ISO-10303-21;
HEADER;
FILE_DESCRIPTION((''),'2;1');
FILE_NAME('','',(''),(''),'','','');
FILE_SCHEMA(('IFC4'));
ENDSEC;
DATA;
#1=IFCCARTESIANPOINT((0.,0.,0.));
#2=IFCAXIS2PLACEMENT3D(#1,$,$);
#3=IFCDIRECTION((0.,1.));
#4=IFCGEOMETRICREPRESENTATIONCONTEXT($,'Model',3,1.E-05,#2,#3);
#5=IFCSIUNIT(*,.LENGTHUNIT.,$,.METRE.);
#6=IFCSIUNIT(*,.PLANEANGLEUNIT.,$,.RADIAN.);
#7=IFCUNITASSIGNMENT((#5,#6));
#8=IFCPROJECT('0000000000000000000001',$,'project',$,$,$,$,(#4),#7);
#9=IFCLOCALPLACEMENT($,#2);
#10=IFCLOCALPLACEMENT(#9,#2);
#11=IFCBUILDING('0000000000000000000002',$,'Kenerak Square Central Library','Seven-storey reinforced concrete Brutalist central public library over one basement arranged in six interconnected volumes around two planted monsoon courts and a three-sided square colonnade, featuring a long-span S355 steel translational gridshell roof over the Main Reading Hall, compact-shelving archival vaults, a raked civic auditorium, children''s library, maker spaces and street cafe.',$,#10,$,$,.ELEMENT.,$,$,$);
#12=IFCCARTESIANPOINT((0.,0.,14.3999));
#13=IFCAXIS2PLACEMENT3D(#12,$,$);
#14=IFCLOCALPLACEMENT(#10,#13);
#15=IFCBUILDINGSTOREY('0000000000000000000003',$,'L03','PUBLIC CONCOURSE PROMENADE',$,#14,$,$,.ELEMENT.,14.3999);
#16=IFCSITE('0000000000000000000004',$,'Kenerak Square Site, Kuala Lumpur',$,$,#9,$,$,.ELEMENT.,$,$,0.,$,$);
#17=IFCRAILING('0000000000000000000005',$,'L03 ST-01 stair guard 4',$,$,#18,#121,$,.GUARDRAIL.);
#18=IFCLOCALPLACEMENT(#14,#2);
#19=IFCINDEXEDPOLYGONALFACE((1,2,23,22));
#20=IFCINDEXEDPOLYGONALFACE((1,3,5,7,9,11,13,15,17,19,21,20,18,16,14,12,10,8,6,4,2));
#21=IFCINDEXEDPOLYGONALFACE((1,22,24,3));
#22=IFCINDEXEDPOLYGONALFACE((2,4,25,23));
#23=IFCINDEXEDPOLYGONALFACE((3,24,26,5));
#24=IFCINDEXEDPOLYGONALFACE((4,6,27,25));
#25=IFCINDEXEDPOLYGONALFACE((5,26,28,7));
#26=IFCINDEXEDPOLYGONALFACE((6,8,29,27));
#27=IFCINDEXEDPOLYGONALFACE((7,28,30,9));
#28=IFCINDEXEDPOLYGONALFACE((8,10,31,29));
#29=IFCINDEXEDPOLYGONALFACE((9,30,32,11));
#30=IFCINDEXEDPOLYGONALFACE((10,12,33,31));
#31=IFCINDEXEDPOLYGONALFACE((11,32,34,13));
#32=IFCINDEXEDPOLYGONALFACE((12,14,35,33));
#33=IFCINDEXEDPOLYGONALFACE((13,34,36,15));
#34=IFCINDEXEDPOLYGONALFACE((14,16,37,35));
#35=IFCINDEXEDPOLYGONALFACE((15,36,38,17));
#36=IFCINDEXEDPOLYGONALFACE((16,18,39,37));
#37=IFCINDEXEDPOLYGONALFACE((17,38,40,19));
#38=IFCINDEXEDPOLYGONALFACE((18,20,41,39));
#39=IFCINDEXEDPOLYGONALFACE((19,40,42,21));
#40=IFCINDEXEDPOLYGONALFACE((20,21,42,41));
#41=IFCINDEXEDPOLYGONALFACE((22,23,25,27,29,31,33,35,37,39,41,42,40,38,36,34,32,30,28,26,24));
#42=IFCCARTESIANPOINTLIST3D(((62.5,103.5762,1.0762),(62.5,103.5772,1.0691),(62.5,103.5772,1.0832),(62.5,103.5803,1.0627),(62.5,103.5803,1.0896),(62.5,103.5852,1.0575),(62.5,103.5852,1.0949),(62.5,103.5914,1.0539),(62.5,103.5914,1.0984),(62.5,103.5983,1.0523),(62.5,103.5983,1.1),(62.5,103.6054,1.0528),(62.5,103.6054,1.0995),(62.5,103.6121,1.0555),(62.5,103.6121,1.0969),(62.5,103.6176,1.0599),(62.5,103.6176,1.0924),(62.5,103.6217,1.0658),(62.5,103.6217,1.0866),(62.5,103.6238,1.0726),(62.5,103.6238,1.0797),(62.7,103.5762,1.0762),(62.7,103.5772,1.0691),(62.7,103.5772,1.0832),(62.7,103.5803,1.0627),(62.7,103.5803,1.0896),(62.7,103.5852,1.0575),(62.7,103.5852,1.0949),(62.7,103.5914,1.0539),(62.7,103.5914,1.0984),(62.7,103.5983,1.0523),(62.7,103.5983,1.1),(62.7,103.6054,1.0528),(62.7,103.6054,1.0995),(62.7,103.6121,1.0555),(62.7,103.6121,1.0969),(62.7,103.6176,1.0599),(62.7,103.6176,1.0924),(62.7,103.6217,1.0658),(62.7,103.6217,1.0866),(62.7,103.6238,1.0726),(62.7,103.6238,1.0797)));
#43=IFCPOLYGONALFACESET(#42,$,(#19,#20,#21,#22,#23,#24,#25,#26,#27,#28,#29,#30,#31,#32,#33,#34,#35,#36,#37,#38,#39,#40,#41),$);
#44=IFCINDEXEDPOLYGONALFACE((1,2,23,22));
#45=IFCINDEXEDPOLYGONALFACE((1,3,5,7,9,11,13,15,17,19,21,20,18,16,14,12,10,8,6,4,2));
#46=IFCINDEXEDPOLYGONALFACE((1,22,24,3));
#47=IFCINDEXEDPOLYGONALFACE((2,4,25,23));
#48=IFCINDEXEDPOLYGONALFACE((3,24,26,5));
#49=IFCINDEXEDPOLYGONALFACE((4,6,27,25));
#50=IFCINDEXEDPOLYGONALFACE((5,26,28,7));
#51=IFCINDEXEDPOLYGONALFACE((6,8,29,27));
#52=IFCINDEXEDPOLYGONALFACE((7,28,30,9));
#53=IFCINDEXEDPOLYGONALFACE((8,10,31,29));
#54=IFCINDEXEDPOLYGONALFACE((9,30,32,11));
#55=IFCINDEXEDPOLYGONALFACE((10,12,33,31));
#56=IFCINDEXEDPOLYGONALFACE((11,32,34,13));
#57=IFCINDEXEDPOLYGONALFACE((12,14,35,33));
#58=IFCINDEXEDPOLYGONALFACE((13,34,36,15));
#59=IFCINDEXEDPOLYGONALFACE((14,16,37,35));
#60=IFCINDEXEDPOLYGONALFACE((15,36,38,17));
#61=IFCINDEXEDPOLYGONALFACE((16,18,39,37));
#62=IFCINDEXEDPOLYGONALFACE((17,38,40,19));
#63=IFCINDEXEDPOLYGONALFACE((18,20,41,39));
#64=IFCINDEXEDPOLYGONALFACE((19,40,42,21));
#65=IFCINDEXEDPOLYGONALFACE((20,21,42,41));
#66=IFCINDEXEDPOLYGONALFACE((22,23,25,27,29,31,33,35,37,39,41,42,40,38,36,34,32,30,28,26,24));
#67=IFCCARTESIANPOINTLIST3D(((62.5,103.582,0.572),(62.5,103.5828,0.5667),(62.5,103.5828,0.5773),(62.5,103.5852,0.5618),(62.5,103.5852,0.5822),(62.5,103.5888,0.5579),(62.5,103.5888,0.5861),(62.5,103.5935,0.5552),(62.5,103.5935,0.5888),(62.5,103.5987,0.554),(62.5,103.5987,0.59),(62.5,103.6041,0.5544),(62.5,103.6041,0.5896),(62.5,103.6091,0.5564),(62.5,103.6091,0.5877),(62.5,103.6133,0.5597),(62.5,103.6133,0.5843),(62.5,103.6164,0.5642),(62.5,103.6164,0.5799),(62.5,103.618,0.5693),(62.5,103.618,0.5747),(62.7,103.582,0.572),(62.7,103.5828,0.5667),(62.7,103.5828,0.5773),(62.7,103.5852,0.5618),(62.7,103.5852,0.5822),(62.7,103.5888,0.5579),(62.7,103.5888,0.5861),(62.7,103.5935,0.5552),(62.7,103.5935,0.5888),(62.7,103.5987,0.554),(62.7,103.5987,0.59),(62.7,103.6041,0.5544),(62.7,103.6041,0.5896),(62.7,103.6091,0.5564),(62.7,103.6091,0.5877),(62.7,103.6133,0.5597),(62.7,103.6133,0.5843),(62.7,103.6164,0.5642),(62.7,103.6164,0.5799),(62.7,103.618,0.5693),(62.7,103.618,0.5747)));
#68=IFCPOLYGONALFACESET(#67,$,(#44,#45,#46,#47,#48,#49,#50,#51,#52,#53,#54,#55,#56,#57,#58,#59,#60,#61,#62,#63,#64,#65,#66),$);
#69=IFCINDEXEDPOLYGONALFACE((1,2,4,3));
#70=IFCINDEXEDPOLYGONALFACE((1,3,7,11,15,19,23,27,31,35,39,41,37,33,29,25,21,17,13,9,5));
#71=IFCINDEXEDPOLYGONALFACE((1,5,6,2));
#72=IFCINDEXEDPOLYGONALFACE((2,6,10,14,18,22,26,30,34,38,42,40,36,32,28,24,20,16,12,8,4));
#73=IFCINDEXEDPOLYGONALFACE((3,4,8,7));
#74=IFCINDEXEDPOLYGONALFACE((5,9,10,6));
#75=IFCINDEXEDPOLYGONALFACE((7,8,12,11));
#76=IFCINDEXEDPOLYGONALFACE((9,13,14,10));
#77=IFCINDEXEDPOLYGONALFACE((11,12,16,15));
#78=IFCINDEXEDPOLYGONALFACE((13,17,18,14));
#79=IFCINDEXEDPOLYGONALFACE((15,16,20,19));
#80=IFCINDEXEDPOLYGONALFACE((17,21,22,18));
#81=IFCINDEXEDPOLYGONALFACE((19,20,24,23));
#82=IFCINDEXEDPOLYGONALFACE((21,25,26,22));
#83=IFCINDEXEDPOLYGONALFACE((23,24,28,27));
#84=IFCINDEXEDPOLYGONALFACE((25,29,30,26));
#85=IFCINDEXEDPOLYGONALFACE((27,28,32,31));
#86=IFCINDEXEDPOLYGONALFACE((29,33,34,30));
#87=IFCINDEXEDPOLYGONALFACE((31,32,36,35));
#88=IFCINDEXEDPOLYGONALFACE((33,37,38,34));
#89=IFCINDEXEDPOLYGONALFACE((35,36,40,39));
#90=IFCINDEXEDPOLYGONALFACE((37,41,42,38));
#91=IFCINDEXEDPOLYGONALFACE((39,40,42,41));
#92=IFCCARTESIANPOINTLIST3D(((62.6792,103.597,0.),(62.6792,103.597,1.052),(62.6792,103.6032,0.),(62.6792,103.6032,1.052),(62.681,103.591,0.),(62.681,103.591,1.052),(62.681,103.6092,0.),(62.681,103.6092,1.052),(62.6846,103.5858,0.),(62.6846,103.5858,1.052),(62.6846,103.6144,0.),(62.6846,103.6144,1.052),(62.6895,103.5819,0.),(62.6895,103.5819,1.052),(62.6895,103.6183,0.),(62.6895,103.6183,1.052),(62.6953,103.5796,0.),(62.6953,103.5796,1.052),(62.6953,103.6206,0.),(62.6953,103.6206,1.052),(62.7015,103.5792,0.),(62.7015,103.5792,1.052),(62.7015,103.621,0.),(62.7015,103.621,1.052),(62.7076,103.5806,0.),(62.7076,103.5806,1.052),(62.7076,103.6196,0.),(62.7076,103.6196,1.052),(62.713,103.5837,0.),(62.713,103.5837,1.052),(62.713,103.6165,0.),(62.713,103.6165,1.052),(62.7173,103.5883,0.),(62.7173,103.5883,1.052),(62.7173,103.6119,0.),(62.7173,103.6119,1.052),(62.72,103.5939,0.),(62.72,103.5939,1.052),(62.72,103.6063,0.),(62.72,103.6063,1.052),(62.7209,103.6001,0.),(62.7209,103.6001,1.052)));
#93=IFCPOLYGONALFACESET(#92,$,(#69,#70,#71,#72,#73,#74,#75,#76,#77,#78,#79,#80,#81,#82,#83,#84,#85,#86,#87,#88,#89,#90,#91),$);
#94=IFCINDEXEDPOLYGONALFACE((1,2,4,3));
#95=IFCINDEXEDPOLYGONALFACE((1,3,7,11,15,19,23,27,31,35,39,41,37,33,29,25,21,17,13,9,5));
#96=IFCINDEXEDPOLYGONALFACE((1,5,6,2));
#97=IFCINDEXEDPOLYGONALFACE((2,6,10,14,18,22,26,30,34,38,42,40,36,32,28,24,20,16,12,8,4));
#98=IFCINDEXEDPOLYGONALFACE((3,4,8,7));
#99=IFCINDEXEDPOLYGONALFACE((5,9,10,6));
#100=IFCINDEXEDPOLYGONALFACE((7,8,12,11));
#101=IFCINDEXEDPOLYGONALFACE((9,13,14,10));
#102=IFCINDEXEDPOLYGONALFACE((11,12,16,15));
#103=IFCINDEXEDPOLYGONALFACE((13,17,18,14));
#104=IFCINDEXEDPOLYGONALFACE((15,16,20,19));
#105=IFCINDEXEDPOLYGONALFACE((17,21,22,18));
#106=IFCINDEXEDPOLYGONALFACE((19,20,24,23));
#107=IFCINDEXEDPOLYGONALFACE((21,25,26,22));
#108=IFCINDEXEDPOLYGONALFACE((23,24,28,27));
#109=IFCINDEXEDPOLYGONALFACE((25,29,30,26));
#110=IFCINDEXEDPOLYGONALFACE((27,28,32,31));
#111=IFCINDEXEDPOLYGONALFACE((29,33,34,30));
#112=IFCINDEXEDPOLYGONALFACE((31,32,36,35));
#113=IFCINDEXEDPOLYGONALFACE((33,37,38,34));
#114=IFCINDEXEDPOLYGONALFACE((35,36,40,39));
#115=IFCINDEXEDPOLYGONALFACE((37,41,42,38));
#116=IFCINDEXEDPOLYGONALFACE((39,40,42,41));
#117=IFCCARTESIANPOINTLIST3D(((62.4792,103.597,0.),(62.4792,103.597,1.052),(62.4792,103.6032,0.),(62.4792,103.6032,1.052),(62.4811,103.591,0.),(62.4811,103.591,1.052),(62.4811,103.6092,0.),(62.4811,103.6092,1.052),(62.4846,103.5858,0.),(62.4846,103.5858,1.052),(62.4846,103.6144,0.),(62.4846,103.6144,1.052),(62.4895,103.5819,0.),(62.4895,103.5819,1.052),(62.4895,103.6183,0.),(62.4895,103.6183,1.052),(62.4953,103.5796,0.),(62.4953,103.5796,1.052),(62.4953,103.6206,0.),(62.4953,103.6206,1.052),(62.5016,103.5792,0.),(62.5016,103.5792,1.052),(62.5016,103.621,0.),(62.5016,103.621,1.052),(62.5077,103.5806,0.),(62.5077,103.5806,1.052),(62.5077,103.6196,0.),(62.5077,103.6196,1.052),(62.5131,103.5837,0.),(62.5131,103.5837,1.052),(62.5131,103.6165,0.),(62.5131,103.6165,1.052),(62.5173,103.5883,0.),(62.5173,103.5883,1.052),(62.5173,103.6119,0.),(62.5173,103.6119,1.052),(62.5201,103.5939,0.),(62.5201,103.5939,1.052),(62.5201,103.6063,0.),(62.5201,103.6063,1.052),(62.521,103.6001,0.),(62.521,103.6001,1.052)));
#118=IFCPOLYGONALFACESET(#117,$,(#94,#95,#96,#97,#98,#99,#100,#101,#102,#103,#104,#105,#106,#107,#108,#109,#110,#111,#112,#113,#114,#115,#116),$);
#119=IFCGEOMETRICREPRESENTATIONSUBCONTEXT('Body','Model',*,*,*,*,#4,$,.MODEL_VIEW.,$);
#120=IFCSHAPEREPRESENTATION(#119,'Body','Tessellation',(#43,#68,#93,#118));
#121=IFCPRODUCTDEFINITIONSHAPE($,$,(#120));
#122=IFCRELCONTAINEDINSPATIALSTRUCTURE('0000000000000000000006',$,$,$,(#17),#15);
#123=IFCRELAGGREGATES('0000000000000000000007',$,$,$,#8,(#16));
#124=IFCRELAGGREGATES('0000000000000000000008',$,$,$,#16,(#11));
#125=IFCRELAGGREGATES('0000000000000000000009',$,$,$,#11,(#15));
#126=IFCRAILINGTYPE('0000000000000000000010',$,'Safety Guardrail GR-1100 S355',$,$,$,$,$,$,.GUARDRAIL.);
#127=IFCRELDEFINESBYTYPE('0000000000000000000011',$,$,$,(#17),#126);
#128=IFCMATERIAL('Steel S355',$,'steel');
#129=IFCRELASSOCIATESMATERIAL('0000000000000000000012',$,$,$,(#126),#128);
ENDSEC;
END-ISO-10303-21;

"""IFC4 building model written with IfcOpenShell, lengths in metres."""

from ifc_helpers import new_model, si_unit, direction, frame, origin, origin_2d, place, context, subcontext, project, spatial, circle, extrude, material, type_object, element, save


model = new_model("IFC4")

# Units and contexts
model_context = context("Model", 3, precision=1e-05, world=origin(), true_north=direction((0.0, 1.0)))
body_context = subcontext(model_context, "Body", "Model", "MODEL_VIEW")
ifc_project = project(units=[si_unit("LENGTHUNIT", "METRE"), si_unit("PLANEANGLEUNIT", "RADIAN")], contexts=[model_context])

# Site, building, storey
site_placement = place(None, origin())
site = spatial("IfcSite", under=ifc_project, at=site_placement, Name="Kenerak Square Site, Kuala Lumpur", CompositionType="ELEMENT", RefElevation=0.0)
building_placement = place(site_placement, origin())
building = spatial("IfcBuilding", under=site, at=building_placement, Name="Kenerak Square Central Library", Description="Seven-storey reinforced concrete Brutalist central public library over one basement arranged in six interconnected volumes around two planted monsoon courts and a three-sided square colonnade, featuring a long-span S355 steel translational gridshell roof over the Main Reading Hall, compact-shelving archival vaults, a raked civic auditorium, children's library, maker spaces and street cafe.", CompositionType="ELEMENT")
storey_placement = place(building_placement, frame((0.0, 0.0, 14.3999)))
storey = spatial("IfcBuildingStorey", under=building, at=storey_placement, Name="L03", Description="PUBLIC CONCOURSE PROMENADE", CompositionType="ELEMENT", Elevation=14.3999)

# Shared definitions
ifc_material_1 = material(Name="Steel S355", Category="steel")

# Railing
railing_type_1 = type_object("IfcRailingType", Name="Safety Guardrail GR-1100 S355", PredefinedType="GUARDRAIL", material=ifc_material_1)
railing_1_placement = place(storey_placement, frame((62.7, 103.6001, 0.0)))
element("IfcRailing", 1, at=railing_1_placement, inside=storey, type_object=railing_type_1, Name="L03 ST-01 stair guard 4", PredefinedType="GUARDRAIL", context=body_context, shape_type="SweptSolid", body=[
    extrude(circle(Radius=0.0239, at=origin_2d()), frame((0.0, 0.0, 1.0762), z_axis=(-1.0, 0.0, 0.0), x_axis=(0.0, -1.0, 0.0)), (0.0, 0.0, 1.0), 0.2),
    extrude(circle(Radius=0.0181, at=origin_2d()), frame((0.0, 0.0, 0.572), z_axis=(-1.0, 0.0, 0.0), x_axis=(0.0, -1.0, 0.0)), (0.0, 0.0, 1.0), 0.2),
    extrude(circle(Radius=0.021, at=origin_2d()), origin(), (0.0, 0.0, 1.0), 1.052),
    extrude(circle(Radius=0.021, at=origin_2d()), frame((-0.2, 0.0, 0.0)), (0.0, 0.0, 1.0), 1.052),
])

save(model, "model.ifc")
